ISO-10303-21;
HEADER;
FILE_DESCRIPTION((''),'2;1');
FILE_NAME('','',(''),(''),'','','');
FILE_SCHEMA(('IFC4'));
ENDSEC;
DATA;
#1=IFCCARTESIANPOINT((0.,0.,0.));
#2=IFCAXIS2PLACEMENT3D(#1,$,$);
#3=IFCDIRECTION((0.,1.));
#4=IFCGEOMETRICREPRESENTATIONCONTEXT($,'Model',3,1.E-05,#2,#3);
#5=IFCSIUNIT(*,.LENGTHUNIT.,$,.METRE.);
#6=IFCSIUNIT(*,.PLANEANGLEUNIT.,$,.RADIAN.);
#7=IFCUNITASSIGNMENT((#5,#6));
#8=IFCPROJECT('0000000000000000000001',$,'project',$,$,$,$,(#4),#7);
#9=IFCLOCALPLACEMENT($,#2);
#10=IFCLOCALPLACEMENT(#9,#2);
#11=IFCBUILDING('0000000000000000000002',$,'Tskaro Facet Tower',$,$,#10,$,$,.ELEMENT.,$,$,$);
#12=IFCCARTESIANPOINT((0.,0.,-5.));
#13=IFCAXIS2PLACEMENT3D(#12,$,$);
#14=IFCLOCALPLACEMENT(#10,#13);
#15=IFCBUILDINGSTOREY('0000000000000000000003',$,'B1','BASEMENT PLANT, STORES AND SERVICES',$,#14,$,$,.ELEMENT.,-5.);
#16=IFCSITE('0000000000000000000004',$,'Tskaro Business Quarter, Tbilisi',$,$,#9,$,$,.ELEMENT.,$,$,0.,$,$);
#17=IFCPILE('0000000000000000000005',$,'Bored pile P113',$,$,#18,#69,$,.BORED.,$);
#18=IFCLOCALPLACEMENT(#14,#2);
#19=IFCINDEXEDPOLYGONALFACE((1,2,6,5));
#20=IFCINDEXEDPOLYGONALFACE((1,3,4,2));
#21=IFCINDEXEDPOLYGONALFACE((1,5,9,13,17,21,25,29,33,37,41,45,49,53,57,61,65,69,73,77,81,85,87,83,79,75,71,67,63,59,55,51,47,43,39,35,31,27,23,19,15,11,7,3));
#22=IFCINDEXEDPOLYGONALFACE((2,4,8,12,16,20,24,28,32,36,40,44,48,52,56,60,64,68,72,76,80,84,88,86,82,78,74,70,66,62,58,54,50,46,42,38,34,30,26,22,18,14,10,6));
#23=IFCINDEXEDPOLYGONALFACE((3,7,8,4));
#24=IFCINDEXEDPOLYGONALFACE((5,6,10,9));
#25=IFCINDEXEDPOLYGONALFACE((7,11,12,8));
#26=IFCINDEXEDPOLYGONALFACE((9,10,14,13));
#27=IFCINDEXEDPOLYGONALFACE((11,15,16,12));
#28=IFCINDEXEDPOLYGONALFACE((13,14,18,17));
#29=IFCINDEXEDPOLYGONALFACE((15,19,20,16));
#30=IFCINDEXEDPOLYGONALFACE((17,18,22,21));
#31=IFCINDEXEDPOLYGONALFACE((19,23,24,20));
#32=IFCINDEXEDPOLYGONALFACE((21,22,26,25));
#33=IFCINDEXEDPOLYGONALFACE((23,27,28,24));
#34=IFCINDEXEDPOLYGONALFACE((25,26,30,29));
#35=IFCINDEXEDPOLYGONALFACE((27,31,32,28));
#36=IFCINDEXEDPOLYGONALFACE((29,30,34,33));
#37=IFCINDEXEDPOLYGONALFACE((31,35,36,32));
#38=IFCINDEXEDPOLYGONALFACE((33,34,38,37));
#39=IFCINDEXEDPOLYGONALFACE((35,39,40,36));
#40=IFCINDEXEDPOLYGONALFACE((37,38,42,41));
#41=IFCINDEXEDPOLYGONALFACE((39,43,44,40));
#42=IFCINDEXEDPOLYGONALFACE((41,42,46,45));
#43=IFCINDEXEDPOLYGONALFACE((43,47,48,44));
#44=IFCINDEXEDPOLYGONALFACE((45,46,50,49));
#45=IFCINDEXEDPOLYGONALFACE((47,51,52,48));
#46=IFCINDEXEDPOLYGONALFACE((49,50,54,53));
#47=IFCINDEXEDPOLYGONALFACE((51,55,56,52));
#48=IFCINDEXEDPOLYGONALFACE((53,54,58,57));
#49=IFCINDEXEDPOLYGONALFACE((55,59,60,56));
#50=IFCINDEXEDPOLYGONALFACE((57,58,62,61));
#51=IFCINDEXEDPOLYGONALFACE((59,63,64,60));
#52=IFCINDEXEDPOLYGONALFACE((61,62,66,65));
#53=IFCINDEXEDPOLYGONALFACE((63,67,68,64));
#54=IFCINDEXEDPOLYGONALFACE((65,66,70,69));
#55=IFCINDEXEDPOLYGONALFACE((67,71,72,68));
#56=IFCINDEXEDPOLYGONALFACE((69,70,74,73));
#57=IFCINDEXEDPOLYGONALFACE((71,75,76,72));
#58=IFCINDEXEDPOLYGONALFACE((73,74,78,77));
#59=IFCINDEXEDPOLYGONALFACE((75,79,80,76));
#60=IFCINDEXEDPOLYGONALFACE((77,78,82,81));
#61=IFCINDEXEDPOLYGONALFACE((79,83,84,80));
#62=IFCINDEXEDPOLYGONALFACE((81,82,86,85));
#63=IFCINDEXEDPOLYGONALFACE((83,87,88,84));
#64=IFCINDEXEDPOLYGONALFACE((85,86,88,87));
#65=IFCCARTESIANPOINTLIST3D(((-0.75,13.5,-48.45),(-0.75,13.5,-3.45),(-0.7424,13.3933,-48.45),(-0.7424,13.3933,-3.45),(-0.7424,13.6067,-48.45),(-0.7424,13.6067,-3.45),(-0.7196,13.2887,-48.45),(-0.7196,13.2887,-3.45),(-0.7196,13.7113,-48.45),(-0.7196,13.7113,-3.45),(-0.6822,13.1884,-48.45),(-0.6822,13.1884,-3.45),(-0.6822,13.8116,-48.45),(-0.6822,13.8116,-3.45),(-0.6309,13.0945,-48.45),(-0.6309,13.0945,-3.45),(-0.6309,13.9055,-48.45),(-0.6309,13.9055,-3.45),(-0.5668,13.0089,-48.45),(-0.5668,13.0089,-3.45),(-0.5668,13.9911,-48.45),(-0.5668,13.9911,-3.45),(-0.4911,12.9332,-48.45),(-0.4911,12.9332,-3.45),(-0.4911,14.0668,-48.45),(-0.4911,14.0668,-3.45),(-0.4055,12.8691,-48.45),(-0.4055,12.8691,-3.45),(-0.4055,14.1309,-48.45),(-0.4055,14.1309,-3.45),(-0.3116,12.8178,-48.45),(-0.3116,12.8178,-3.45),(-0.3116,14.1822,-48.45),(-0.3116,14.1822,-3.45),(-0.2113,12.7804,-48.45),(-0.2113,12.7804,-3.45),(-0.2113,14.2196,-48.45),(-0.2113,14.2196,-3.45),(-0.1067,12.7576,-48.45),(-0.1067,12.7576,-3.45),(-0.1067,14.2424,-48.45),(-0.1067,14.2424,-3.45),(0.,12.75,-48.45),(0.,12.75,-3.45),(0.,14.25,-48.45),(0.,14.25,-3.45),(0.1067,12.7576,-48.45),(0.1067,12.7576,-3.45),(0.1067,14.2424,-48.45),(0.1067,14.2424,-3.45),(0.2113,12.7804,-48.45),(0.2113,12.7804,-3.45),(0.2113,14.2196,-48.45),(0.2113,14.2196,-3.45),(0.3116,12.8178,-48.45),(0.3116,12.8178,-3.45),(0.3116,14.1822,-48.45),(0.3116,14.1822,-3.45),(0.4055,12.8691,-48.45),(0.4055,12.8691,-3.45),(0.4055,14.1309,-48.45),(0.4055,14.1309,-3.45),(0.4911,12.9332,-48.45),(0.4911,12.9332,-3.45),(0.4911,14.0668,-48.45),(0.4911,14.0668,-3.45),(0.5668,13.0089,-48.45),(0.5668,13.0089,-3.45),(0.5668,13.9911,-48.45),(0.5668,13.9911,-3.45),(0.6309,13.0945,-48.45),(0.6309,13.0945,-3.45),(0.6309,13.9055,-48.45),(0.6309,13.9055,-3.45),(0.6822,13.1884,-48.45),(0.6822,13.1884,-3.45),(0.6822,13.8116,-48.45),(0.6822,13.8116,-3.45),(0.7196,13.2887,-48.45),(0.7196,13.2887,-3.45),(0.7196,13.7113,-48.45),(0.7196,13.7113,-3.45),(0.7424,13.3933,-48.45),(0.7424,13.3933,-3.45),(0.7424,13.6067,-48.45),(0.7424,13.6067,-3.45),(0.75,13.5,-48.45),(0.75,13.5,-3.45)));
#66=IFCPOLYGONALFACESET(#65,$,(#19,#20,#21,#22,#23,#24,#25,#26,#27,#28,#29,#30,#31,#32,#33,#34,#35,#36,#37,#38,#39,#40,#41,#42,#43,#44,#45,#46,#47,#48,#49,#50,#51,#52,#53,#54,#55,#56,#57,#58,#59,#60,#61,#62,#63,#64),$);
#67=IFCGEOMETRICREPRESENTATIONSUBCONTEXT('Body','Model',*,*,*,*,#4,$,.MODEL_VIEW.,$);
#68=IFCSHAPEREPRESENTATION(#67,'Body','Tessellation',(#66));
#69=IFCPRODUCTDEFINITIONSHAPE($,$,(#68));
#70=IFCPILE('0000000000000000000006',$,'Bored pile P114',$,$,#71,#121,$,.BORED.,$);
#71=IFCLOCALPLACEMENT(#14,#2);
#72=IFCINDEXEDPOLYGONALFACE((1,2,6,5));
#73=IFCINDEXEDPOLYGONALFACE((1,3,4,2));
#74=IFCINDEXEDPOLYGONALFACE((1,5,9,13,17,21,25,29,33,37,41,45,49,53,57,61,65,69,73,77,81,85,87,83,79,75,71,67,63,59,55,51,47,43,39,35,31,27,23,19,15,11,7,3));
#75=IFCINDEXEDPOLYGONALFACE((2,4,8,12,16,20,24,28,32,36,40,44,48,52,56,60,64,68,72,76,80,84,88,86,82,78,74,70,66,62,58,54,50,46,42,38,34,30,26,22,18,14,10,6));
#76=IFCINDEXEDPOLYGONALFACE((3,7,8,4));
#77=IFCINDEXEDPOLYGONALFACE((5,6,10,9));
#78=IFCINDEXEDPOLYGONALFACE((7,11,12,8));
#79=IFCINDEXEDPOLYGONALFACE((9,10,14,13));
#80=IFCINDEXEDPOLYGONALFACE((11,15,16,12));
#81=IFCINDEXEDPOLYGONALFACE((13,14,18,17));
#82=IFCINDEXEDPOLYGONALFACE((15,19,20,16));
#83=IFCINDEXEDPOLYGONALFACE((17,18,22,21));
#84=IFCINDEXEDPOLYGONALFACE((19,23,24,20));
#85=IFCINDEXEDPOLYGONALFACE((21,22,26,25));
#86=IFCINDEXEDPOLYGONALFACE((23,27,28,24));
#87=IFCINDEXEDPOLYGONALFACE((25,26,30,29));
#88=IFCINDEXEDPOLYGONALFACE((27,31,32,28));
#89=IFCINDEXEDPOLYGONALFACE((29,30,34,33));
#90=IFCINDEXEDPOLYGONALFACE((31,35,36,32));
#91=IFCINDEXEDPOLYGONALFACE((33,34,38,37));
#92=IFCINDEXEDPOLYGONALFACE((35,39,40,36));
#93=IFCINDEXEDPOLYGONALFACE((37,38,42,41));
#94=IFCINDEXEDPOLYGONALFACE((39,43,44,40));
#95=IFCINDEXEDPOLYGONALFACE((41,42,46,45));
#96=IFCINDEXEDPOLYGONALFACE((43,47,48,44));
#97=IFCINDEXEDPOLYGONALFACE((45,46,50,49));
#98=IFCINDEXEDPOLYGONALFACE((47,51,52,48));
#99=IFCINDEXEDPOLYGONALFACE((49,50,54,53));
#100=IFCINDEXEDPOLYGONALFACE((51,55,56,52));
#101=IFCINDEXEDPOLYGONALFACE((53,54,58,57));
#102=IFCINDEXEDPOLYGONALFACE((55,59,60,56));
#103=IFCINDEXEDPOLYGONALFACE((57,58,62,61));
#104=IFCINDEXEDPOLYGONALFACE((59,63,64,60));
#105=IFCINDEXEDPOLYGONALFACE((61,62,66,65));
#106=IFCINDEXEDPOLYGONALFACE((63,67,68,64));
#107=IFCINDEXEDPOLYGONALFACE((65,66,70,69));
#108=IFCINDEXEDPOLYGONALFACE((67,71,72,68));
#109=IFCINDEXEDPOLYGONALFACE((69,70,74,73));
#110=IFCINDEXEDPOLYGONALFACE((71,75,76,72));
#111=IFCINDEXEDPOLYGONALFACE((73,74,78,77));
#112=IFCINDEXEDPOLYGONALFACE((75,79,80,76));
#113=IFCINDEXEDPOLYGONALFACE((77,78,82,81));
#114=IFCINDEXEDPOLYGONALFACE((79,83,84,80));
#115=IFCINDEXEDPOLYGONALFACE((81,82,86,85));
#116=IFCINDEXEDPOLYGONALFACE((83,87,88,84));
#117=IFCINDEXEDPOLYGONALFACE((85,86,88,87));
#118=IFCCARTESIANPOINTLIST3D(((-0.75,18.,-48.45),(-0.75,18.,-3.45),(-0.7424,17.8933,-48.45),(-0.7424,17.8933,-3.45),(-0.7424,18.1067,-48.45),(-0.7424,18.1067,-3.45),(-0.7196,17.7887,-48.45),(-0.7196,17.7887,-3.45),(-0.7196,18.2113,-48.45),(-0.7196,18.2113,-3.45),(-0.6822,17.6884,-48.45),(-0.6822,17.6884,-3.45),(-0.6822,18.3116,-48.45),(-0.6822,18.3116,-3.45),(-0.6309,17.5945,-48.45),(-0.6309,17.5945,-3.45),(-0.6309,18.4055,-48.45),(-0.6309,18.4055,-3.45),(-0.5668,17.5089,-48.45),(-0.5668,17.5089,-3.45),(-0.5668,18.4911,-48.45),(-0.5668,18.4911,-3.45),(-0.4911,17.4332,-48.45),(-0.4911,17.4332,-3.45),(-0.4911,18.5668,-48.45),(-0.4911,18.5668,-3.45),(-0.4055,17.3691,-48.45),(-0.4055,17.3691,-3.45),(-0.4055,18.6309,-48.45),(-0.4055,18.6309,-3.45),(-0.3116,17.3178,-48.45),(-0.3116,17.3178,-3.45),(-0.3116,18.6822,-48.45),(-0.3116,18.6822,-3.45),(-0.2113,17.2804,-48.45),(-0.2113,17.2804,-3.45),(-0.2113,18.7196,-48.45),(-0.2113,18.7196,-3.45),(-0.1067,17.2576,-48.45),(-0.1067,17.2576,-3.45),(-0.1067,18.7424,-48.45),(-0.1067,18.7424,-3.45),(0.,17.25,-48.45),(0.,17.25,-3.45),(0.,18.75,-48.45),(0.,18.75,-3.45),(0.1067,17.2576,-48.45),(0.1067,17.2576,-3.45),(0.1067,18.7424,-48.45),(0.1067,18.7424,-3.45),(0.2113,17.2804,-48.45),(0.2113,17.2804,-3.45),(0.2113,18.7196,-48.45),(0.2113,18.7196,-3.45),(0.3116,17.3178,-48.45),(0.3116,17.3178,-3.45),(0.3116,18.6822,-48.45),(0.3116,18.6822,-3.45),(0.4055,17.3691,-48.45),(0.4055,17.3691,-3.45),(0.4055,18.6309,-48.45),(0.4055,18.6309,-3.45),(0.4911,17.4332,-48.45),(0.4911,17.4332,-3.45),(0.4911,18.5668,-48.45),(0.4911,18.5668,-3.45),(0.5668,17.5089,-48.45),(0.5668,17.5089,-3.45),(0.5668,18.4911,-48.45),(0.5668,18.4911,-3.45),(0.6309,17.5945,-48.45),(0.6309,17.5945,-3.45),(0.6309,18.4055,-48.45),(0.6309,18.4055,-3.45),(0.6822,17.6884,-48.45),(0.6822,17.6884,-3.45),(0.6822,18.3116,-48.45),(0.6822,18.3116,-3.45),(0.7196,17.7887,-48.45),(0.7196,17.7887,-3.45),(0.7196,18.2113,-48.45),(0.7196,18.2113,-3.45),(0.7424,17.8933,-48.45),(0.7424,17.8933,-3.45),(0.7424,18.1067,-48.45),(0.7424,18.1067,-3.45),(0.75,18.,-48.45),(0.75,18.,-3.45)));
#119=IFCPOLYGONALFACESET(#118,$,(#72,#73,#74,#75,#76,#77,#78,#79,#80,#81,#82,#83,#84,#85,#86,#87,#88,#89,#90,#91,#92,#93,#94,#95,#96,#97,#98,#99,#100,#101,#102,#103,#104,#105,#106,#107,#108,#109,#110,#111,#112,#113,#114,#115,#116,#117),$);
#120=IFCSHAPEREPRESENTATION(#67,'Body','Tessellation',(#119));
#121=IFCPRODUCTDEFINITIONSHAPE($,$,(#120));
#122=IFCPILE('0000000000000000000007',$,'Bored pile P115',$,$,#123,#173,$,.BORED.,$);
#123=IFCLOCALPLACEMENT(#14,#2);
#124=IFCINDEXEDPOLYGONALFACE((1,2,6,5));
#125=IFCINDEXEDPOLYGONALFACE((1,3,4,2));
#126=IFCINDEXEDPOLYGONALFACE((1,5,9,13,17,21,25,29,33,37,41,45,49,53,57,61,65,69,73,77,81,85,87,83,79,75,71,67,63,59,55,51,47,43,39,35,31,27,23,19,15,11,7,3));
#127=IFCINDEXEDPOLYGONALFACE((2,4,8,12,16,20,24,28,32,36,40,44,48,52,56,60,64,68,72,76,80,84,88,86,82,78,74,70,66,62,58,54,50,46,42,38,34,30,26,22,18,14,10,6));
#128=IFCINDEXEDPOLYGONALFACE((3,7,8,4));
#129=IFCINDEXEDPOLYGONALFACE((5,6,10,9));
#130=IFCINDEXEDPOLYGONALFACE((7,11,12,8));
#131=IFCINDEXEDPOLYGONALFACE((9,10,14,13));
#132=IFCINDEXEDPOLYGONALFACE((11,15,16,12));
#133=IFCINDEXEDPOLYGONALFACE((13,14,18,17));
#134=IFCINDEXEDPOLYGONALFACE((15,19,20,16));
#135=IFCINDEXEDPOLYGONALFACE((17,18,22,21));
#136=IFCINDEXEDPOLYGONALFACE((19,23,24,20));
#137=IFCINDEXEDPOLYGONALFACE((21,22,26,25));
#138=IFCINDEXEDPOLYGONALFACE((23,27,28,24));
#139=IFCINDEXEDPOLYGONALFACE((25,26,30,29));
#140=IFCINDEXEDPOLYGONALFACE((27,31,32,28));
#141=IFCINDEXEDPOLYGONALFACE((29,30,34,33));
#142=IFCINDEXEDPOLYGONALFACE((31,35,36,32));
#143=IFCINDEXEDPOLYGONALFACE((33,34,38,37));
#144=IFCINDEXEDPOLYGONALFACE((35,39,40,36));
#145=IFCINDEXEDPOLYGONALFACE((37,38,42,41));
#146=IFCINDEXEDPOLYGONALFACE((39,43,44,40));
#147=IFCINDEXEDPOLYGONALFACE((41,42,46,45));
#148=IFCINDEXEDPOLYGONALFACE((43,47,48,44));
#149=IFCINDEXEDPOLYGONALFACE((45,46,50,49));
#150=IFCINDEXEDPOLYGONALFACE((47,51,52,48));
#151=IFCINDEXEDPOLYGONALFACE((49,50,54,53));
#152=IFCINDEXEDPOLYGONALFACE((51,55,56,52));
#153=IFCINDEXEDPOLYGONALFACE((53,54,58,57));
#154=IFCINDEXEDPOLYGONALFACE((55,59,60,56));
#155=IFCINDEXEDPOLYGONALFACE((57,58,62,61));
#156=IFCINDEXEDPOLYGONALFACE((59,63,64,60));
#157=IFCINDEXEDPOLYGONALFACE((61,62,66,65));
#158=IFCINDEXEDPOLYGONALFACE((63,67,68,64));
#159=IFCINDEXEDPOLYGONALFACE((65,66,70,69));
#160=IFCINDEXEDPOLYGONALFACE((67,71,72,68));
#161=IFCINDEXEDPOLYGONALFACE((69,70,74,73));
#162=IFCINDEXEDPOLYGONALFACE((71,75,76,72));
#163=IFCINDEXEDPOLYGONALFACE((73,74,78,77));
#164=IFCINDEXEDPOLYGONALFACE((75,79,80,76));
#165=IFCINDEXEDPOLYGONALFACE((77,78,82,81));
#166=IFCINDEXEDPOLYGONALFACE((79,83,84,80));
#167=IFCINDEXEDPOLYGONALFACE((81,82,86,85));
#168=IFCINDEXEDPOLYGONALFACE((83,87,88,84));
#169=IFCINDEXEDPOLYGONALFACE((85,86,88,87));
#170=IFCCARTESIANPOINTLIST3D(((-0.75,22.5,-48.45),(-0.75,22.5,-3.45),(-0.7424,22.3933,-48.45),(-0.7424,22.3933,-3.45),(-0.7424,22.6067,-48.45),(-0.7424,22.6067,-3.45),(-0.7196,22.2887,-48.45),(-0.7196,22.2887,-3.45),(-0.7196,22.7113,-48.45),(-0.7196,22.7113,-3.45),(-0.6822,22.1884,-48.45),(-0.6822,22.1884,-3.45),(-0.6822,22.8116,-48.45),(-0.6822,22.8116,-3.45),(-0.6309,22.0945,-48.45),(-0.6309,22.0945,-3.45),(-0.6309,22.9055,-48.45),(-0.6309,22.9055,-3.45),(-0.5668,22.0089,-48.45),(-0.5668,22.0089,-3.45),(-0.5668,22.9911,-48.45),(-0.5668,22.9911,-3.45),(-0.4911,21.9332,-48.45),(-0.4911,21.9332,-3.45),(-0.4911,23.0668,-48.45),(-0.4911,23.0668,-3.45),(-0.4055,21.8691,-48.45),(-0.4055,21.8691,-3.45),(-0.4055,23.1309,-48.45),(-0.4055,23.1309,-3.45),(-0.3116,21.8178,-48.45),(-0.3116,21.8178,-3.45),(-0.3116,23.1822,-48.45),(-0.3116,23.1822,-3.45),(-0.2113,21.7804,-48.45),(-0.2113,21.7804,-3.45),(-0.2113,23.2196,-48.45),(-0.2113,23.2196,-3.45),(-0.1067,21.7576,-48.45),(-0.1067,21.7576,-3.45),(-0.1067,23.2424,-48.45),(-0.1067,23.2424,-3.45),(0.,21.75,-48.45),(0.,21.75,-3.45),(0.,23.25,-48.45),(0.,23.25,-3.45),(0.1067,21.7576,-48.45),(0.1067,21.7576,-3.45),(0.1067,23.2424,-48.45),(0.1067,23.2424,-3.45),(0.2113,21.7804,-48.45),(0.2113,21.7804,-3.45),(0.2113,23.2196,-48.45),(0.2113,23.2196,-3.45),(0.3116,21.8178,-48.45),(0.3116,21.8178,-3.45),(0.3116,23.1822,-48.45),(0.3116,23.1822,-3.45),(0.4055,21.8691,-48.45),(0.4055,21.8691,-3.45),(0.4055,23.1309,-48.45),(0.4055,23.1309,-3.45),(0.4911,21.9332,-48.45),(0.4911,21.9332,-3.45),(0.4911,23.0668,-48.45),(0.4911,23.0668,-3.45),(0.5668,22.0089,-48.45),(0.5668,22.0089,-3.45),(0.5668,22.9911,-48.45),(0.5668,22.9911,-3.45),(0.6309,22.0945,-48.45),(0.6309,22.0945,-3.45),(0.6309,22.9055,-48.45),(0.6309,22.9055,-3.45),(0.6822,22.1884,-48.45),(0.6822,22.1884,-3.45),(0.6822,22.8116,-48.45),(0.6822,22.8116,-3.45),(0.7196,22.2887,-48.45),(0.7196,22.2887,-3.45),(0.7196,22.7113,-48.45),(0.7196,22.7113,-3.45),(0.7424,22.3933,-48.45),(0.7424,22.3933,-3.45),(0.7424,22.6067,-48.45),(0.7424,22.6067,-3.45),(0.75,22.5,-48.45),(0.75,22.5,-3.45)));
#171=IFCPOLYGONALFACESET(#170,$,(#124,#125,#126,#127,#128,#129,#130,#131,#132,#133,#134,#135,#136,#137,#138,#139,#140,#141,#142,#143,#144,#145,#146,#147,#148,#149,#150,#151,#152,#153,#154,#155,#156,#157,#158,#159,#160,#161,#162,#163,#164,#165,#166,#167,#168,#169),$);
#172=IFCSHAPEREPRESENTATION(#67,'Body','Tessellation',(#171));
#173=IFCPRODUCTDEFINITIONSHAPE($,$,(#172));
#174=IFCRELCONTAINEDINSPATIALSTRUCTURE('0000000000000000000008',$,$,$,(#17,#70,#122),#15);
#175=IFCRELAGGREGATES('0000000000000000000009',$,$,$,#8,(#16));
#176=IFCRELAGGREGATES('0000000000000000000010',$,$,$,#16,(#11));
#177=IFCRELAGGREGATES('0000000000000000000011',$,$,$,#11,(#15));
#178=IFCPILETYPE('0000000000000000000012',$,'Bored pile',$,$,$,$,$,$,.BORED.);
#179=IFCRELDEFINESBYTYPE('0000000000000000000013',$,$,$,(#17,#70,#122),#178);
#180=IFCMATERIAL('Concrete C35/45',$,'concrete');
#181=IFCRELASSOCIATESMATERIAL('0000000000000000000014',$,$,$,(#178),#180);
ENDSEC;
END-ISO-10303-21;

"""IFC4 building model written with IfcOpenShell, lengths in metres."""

from ifc_helpers import new_model, si_unit, direction, frame, origin, origin_2d, place, context, subcontext, project, spatial, circle, extrude, material, material_profile, profile_set, type_object, element, save


model = new_model("IFC4")

# Units and contexts
model_context = context("Model", 3, precision=1e-05, world=origin(), true_north=direction((0.0, 1.0)))
body_context = subcontext(model_context, "Body", "Model", "MODEL_VIEW")
ifc_project = project(units=[si_unit("LENGTHUNIT", "METRE"), si_unit("PLANEANGLEUNIT", "RADIAN")], contexts=[model_context])

# Site, building, storey
site_placement = place(None, origin())
site = spatial("IfcSite", under=ifc_project, at=site_placement, Name="Tskaro Business Quarter, Tbilisi", CompositionType="ELEMENT", RefElevation=0.0)
building_placement = place(site_placement, origin())
building = spatial("IfcBuilding", under=site, at=building_placement, Name="Tskaro Facet Tower", CompositionType="ELEMENT")
storey_placement = place(building_placement, frame((0.0, 0.0, -5.0)))
storey = spatial("IfcBuildingStorey", under=building, at=storey_placement, Name="B1", Description="BASEMENT PLANT, STORES AND SERVICES", CompositionType="ELEMENT", Elevation=-5.0)

# Piles
ifc_material_1 = material(Name="Concrete C35/45", Category="concrete")
ifc_material_profile_1 = material_profile(ifc_material_1, circle(Radius=0.75, at=origin_2d()), Name="Bored pile")
ifc_profile_set_1 = profile_set([ifc_material_profile_1], Name="Concrete C35/45")
pile_type = type_object("IfcPileType", Name="Bored pile", PredefinedType="BORED", material=ifc_profile_set_1)
for number, where, z_axis, x_axis, name in (
    (1, (0.0, 13.5, -3.45), (0.0, 0.0, -1.0), (1.0, 0.0, 0.0), "Bored pile P113"),
    (2, (0.0, 18.0, -3.45), (0.0, 0.0, -1.0), (1.0, 0.0, 0.0), "Bored pile P114"),
    (3, (0.0, 22.5, -3.45), (0.0, 0.0, -1.0), (1.0, 0.0, 0.0), "Bored pile P115"),
):
    element("IfcPile", number, at=place(storey_placement, frame(where, z_axis=z_axis, x_axis=x_axis)), inside=storey, type_object=pile_type, Name=name, PredefinedType="BORED", context=body_context, shape_type="SweptSolid", body=[
        extrude(circle(Radius=0.75, at=origin_2d()), origin(), (0.0, 0.0, 1.0), 45.0),
    ])

save(model, "model.ifc")
